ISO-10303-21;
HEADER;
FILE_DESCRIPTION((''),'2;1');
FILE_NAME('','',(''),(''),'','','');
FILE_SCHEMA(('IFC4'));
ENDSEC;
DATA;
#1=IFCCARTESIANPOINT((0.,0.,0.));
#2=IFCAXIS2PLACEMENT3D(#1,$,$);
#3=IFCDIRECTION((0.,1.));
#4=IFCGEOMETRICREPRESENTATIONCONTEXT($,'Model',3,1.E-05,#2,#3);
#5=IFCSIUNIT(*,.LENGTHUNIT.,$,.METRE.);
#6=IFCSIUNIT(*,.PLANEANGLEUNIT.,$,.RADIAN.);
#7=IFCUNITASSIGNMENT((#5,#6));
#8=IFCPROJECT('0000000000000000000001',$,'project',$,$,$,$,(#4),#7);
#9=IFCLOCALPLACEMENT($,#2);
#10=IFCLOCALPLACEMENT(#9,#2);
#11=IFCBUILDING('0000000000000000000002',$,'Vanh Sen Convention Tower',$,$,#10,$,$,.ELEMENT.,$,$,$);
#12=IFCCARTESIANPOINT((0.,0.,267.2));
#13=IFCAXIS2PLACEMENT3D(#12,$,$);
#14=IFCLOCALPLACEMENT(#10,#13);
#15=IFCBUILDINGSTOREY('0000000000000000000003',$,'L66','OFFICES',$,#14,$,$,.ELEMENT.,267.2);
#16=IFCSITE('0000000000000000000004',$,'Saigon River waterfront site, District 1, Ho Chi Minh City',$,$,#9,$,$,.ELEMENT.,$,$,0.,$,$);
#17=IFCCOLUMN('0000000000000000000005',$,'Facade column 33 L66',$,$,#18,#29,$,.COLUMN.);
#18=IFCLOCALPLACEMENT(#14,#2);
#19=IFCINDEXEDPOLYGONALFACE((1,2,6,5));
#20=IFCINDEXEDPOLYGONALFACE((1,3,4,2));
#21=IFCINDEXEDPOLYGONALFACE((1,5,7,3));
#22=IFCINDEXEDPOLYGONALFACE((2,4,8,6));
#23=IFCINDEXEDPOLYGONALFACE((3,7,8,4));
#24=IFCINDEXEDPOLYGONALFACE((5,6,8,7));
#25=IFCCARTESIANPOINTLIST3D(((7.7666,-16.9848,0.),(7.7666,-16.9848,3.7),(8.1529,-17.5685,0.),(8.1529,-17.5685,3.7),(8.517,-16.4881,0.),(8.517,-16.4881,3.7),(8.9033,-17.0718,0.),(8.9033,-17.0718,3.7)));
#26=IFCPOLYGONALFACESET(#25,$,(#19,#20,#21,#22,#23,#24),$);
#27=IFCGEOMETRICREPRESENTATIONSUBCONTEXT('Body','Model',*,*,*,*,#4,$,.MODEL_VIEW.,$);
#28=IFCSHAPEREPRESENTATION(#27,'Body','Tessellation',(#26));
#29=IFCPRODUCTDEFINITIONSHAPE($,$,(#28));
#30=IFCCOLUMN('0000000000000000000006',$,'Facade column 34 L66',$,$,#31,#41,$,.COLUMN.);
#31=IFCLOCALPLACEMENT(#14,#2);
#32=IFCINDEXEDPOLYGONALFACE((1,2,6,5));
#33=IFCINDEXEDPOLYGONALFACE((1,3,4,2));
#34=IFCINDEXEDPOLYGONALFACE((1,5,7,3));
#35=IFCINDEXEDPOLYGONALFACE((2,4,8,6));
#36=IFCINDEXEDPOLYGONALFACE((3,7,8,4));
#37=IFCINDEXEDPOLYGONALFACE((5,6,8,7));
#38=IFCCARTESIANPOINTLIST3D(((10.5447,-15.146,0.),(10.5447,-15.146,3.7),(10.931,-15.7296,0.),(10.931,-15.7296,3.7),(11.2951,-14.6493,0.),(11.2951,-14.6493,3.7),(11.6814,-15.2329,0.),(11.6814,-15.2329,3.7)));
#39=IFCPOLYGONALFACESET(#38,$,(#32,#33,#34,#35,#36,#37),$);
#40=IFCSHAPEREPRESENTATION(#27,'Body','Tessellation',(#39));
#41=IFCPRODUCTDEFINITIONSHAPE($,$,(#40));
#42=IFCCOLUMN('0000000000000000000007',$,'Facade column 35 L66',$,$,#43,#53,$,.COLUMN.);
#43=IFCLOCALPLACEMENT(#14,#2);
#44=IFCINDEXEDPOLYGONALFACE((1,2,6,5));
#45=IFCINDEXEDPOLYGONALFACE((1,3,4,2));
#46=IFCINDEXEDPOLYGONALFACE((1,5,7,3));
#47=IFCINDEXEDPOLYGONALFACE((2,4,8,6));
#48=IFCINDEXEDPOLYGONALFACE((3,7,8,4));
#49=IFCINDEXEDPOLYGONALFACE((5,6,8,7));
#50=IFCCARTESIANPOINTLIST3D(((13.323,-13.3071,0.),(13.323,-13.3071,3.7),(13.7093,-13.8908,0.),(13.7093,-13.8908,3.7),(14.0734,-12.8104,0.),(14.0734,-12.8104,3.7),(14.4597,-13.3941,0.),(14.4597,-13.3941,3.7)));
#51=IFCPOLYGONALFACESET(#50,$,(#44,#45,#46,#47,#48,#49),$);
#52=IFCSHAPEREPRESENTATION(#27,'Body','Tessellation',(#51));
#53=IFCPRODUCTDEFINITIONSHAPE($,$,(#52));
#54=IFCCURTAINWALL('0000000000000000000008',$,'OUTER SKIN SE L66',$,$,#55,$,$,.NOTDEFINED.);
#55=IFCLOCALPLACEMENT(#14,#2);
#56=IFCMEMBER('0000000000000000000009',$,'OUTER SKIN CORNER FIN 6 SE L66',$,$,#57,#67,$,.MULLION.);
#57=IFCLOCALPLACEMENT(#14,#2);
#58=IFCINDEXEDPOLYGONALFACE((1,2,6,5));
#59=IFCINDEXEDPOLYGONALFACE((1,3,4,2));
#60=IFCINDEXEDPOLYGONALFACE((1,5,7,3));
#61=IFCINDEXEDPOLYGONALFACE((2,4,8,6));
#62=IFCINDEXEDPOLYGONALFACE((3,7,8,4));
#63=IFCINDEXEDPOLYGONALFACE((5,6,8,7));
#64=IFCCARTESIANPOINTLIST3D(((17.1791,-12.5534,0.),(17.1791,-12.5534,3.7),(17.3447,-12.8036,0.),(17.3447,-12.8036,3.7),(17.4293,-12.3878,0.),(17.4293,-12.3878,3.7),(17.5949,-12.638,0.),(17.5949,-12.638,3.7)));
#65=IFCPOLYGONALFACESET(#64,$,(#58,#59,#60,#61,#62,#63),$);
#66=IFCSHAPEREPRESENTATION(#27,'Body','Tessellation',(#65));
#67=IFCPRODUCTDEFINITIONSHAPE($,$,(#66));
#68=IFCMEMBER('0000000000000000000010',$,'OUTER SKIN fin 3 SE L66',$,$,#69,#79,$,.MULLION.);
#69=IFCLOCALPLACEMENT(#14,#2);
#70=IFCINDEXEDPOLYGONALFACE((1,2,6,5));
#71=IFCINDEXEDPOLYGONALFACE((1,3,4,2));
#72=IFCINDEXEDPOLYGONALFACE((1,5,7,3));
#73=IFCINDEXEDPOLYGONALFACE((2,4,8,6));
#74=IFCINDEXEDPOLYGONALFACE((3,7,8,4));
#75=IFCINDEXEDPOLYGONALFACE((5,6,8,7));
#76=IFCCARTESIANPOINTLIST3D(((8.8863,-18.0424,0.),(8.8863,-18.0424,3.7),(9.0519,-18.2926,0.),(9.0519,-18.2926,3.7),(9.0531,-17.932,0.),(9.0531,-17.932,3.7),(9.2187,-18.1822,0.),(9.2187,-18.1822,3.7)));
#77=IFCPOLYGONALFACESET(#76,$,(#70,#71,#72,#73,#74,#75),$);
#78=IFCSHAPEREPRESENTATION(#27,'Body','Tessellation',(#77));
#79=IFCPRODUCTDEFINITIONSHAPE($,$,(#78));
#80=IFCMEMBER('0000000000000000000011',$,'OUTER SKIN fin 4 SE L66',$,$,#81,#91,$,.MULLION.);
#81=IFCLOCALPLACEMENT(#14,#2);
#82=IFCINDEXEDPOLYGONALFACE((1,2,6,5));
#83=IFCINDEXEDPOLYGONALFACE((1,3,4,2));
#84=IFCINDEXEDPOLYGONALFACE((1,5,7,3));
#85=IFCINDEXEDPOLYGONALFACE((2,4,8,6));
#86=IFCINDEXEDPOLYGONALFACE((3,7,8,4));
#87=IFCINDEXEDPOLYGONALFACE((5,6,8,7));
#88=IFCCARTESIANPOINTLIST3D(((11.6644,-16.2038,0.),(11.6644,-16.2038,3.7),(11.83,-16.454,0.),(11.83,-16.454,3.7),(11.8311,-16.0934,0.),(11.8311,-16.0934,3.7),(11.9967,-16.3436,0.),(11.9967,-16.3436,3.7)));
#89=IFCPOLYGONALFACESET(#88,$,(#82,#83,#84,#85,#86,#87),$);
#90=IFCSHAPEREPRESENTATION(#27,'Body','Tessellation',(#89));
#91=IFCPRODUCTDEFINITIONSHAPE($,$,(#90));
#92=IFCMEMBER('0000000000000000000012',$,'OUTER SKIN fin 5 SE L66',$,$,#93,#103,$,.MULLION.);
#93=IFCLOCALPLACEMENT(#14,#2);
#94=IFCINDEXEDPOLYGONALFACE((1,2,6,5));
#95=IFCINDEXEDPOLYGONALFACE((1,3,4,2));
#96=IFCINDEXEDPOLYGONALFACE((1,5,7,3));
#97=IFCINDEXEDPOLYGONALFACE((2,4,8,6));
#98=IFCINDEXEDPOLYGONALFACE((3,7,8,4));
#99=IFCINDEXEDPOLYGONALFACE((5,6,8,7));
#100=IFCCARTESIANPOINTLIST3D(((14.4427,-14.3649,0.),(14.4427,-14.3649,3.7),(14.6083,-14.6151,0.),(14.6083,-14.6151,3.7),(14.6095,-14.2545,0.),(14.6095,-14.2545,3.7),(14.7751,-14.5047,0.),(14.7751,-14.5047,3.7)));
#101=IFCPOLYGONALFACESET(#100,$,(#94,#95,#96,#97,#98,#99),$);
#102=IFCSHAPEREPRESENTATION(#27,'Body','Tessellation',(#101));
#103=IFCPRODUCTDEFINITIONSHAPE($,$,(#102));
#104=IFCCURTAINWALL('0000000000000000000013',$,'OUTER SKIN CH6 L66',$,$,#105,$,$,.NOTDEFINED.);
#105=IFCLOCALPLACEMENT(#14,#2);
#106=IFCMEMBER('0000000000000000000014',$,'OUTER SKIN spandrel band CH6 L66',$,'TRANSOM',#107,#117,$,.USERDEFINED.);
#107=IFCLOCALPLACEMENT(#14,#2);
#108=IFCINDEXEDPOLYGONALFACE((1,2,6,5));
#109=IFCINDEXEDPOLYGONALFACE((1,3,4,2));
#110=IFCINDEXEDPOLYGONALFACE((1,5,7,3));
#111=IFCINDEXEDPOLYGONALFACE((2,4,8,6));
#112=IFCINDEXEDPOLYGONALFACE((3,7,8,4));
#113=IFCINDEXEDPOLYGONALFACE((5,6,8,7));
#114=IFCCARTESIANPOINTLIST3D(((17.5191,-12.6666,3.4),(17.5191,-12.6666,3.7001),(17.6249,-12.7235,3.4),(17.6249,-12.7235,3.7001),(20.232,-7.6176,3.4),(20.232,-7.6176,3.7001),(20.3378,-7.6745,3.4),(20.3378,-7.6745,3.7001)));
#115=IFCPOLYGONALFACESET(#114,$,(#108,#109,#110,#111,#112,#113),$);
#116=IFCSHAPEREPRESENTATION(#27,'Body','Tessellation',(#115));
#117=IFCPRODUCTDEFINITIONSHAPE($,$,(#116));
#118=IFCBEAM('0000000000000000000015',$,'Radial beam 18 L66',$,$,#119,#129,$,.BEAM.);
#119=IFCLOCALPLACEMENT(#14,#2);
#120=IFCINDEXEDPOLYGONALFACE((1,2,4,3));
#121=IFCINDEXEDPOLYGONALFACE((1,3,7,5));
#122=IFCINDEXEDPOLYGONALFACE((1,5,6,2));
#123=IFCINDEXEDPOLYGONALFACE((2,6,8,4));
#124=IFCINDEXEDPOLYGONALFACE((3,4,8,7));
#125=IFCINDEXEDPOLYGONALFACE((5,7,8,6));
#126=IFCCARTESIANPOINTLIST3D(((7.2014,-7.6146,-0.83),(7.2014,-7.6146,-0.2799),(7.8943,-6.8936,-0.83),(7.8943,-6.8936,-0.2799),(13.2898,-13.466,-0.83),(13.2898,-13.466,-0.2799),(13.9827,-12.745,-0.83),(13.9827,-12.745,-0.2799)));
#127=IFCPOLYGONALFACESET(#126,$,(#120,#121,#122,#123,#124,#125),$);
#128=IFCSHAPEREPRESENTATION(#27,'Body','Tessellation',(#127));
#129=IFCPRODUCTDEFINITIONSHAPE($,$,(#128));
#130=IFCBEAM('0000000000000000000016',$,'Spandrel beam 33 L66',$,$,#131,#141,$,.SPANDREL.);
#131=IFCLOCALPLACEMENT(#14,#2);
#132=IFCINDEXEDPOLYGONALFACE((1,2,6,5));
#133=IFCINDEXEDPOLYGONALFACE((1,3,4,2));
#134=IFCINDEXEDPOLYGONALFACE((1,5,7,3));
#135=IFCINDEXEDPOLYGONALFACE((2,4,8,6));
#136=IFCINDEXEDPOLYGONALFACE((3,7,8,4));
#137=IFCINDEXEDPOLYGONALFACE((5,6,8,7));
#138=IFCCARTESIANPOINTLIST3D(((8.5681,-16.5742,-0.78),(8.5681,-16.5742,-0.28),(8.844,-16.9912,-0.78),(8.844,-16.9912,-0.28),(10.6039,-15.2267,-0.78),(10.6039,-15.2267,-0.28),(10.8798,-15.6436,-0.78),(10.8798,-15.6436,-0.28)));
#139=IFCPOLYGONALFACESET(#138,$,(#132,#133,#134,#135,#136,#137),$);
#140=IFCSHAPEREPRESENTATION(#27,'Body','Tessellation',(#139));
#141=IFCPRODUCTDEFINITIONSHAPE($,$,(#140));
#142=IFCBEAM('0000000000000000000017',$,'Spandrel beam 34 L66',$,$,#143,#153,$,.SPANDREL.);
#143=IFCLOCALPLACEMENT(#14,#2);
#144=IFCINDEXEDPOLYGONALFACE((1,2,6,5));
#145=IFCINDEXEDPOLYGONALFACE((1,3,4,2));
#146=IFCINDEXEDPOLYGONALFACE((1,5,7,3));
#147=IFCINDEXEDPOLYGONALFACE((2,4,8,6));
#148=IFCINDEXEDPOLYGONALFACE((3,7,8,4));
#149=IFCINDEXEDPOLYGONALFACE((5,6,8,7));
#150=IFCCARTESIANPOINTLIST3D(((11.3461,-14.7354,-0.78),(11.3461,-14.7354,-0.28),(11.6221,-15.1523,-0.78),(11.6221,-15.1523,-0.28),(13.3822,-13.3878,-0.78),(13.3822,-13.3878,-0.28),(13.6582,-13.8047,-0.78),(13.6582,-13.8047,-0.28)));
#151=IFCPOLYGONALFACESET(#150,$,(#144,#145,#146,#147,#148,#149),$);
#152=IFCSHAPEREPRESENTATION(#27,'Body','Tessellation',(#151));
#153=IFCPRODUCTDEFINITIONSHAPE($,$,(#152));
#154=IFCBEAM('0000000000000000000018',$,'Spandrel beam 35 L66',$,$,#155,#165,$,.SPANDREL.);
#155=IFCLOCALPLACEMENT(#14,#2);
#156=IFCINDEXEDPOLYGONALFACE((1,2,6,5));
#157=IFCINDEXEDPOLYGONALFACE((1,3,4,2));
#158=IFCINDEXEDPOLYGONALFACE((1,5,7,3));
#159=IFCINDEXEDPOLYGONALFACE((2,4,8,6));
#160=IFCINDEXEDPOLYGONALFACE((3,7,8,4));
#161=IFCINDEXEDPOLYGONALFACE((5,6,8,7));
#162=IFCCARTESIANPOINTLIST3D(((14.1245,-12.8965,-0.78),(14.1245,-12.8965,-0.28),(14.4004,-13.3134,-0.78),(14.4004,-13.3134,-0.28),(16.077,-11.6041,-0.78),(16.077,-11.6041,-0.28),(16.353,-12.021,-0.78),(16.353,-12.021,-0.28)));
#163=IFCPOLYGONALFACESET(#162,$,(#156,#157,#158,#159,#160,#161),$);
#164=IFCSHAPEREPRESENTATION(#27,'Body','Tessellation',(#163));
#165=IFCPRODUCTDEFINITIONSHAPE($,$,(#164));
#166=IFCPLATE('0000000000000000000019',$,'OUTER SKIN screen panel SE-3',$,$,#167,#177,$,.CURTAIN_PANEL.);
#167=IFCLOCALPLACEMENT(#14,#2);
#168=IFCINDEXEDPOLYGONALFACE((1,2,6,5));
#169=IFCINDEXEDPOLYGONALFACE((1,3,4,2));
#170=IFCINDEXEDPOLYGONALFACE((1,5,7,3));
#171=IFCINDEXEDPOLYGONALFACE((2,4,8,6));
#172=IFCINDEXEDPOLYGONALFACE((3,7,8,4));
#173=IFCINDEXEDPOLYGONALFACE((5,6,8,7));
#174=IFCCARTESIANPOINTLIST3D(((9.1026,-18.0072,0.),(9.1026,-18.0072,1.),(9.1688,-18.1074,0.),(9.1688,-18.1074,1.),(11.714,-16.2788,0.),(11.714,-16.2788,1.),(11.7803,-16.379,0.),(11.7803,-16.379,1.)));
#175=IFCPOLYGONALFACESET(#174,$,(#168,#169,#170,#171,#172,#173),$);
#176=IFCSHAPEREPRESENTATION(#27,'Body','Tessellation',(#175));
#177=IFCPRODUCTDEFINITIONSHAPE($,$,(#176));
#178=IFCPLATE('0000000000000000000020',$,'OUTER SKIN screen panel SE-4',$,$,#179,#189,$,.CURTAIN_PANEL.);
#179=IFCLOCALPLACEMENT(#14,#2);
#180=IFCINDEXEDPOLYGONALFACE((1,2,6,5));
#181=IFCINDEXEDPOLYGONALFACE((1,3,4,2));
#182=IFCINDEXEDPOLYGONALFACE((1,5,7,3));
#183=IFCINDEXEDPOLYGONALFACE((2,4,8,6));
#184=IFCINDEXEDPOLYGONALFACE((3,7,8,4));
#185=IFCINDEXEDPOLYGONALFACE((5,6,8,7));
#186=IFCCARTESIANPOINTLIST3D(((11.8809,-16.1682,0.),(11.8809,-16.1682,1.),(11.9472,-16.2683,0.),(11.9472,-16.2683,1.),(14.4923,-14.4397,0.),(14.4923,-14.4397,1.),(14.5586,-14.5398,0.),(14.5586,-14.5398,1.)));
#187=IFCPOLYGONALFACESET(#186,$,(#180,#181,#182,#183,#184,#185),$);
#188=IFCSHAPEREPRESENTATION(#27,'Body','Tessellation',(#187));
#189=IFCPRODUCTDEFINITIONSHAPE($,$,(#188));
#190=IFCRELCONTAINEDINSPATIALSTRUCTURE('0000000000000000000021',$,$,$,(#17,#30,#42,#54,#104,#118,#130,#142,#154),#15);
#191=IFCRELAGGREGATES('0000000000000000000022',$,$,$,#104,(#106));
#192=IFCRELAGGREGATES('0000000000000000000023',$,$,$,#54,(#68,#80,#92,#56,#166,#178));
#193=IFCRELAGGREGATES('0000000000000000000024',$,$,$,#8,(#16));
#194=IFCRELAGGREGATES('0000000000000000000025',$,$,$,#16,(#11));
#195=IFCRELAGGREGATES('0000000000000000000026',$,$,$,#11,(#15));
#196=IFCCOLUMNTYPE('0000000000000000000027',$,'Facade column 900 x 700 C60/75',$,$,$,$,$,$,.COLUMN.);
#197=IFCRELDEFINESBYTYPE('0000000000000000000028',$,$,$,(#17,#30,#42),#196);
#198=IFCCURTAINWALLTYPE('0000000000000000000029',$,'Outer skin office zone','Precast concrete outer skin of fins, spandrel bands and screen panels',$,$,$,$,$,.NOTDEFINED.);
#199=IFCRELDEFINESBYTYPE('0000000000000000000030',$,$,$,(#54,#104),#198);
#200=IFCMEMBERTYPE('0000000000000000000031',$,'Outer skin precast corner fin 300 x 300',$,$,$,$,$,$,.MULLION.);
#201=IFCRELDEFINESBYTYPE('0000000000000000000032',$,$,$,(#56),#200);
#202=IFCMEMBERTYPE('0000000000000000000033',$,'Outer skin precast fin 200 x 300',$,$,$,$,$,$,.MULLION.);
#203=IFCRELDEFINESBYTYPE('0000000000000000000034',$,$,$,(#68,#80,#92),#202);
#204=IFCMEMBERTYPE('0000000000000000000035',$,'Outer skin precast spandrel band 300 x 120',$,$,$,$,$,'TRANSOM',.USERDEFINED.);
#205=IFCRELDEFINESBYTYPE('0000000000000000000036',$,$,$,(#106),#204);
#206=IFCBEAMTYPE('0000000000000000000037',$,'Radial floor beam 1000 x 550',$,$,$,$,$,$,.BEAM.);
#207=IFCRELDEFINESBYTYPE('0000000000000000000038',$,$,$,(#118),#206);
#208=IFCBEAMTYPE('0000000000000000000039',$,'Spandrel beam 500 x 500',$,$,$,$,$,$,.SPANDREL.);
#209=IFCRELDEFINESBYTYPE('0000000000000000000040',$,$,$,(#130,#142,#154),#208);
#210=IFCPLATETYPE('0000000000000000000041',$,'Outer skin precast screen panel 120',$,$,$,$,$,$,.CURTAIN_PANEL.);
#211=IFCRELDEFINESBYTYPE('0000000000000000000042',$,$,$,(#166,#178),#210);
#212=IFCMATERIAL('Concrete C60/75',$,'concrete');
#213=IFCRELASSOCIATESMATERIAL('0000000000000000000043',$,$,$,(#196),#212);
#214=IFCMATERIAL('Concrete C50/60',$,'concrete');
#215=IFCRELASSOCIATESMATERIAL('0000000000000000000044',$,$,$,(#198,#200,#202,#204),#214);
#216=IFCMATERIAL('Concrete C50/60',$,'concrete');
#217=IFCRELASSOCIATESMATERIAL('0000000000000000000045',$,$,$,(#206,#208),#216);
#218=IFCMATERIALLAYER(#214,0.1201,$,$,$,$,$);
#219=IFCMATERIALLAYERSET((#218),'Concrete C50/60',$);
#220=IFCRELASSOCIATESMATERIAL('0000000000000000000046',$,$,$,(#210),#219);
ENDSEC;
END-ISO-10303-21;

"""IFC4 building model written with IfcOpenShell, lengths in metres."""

from ifc_helpers import new_model, si_unit, direction, frame, origin, origin_2d, place, context, subcontext, project, spatial, rectangle, extrude, material, layer, layer_set, material_profile, profile_set, type_object, element, aggregate, save


model = new_model("IFC4")

# Units and contexts
model_context = context("Model", 3, precision=1e-05, world=origin(), true_north=direction((0.0, 1.0)))
body_context = subcontext(model_context, "Body", "Model", "MODEL_VIEW")
ifc_project = project(units=[si_unit("LENGTHUNIT", "METRE"), si_unit("PLANEANGLEUNIT", "RADIAN")], contexts=[model_context])

# Site, building, storey
site_placement = place(None, origin())
site = spatial("IfcSite", under=ifc_project, at=site_placement, Name="Saigon River waterfront site, District 1, Ho Chi Minh City", CompositionType="ELEMENT", RefElevation=0.0)
building_placement = place(site_placement, origin())
building = spatial("IfcBuilding", under=site, at=building_placement, Name="Vanh Sen Convention Tower", CompositionType="ELEMENT")
storey_placement = place(building_placement, frame((0.0, 0.0, 267.2)))
storey = spatial("IfcBuildingStorey", under=building, at=storey_placement, Name="L66", Description="OFFICES", CompositionType="ELEMENT", Elevation=267.2)

# Columns
ifc_material_1 = material(Name="Concrete C60/75", Category="concrete")
ifc_material_profile_1 = material_profile(ifc_material_1, rectangle(XDim=0.8999, YDim=0.7, at=origin_2d()), Name="RC 900X700")
ifc_profile_set_1 = profile_set([ifc_material_profile_1], Name="Concrete C60/75")
column_type = type_object("IfcColumnType", Name="Facade column 900 x 700 C60/75", PredefinedType="COLUMN", material=ifc_profile_set_1)
for number, where, z_axis, x_axis, name in (
    (1, (8.335, -17.0283, 0.0), (0.0, 0.0, 1.0), (0.833886, 0.551937, 0.0), "Facade column 33 L66"),
    (2, (11.113, -15.1895, 0.0), (0.0, 0.0, 1.0), (0.833886, 0.551937, 0.0), "Facade column 34 L66"),
    (3, (13.8914, -13.3506, 0.0), (0.0, 0.0, 1.0), (0.833886, 0.551937, 0.0), "Facade column 35 L66"),
):
    element("IfcColumn", number, at=place(storey_placement, frame(where, z_axis=z_axis, x_axis=x_axis)), inside=storey, type_object=column_type, Name=name, PredefinedType="COLUMN", context=body_context, shape_type="SweptSolid", body=[
        extrude(rectangle(XDim=0.8999, YDim=0.7, at=origin_2d()), origin(), (0.0, 0.0, 1.0), 3.7),
    ])

# Curtain wall, members
ifc_material_2 = material(Name="Concrete C50/60", Category="concrete")
curtain_wall_type = type_object("IfcCurtainWallType", Name="Outer skin office zone", Description="Precast concrete outer skin of fins, spandrel bands and screen panels", PredefinedType="NOTDEFINED", material=ifc_material_2)
curtain_wall_1_placement = place(storey_placement, origin())
curtain_wall_1 = element("IfcCurtainWall", 4, at=curtain_wall_1_placement, inside=storey, type_object=curtain_wall_type, Name="OUTER SKIN SE L66", PredefinedType="NOTDEFINED")
ifc_material_profile_2 = material_profile(ifc_material_2, rectangle(XDim=0.3, YDim=0.3, at=origin_2d()), Name="Outer skin precast corner fin 300 x 300")
ifc_profile_set_2 = profile_set([ifc_material_profile_2], Name="Concrete C50/60")
member_type_1 = type_object("IfcMemberType", Name="Outer skin precast corner fin 300 x 300", PredefinedType="MULLION", material=ifc_profile_set_2)
member_1_placement = place(storey_placement, frame((17.387, -12.5957, 0.0), z_axis=(0.0, 0.0, 1.0), x_axis=(0.833886, 0.551937, 0.0)))
member_1 = element("IfcMember", 5, at=member_1_placement, type_object=member_type_1, Name="OUTER SKIN CORNER FIN 6 SE L66", PredefinedType="MULLION", context=body_context, shape_type="SweptSolid", body=[
    extrude(rectangle(XDim=0.3, YDim=0.3, at=origin_2d()), origin(), (0.0, 0.0, 1.0), 3.7),
])
ifc_material_profile_3 = material_profile(ifc_material_2, rectangle(XDim=0.2, YDim=0.3, at=origin_2d()), Name="Outer skin precast fin 200 x 300")
ifc_profile_set_3 = profile_set([ifc_material_profile_3], Name="Concrete C50/60")
member_type_2 = type_object("IfcMemberType", Name="Outer skin precast fin 200 x 300", PredefinedType="MULLION", material=ifc_profile_set_3)
member_2_placement = place(storey_placement, frame((9.0525, -18.1123, 0.0), z_axis=(0.0, 0.0, 1.0), x_axis=(0.833886, 0.551937, 0.0)))
member_2 = element("IfcMember", 6, at=member_2_placement, type_object=member_type_2, Name="OUTER SKIN fin 3 SE L66", PredefinedType="MULLION", context=body_context, shape_type="SweptSolid", body=[
    extrude(rectangle(XDim=0.2, YDim=0.3, at=origin_2d()), origin(), (0.0, 0.0, 1.0), 3.7),
])
member_3_placement = place(storey_placement, frame((11.8306, -16.2737, 0.0), z_axis=(0.0, 0.0, 1.0), x_axis=(0.833886, 0.551937, 0.0)))
member_3 = element("IfcMember", 7, at=member_3_placement, type_object=member_type_2, Name="OUTER SKIN fin 4 SE L66", PredefinedType="MULLION", context=body_context, shape_type="SweptSolid", body=[
    extrude(rectangle(XDim=0.2, YDim=0.3, at=origin_2d()), origin(), (0.0, 0.0, 1.0), 3.7),
])
member_4_placement = place(storey_placement, frame((14.6089, -14.4348, 0.0), z_axis=(0.0, 0.0, 1.0), x_axis=(0.833886, 0.551937, 0.0)))
member_4 = element("IfcMember", 8, at=member_4_placement, type_object=member_type_2, Name="OUTER SKIN fin 5 SE L66", PredefinedType="MULLION", context=body_context, shape_type="SweptSolid", body=[
    extrude(rectangle(XDim=0.2, YDim=0.3, at=origin_2d()), origin(), (0.0, 0.0, 1.0), 3.7),
])

# Curtain wall, member
curtain_wall_2_placement = place(storey_placement, origin())
curtain_wall_2 = element("IfcCurtainWall", 9, at=curtain_wall_2_placement, inside=storey, type_object=curtain_wall_type, Name="OUTER SKIN CH6 L66", PredefinedType="NOTDEFINED")
ifc_material_profile_4 = material_profile(ifc_material_2, rectangle(XDim=0.1201, YDim=0.3, at=origin_2d()), Name="Outer skin precast spandrel band 300 x 120")
ifc_profile_set_4 = profile_set([ifc_material_profile_4], Name="Concrete C50/60")
member_type_3 = type_object("IfcMemberType", Name="Outer skin precast spandrel band 300 x 120", ElementType="TRANSOM", PredefinedType="USERDEFINED", material=ifc_profile_set_4)
member_5_placement = place(storey_placement, frame((17.572, -12.6951, 3.55), z_axis=(0.47331, 0.880896, 0.0), x_axis=(-0.880896, 0.47331, 0.0)))
member_5 = element("IfcMember", 10, at=member_5_placement, type_object=member_type_3, Name="OUTER SKIN spandrel band CH6 L66", ObjectType="TRANSOM", PredefinedType="USERDEFINED", context=body_context, shape_type="SweptSolid", body=[
    extrude(rectangle(XDim=0.1201, YDim=0.3, at=origin_2d()), origin(), (0.0, 0.0, 1.0), 5.7317),
])
aggregate(curtain_wall_2, [member_5])

# Beams
ifc_material_3 = material(Name="Concrete C50/60", Category="concrete")
ifc_material_profile_5 = material_profile(ifc_material_3, rectangle(XDim=1.0, YDim=0.55, at=origin_2d()), Name="RC 1000X550")
ifc_profile_set_5 = profile_set([ifc_material_profile_5], Name="Concrete C50/60")
beam_type_1 = type_object("IfcBeamType", Name="Radial floor beam 1000 x 550", PredefinedType="BEAM", material=ifc_profile_set_5)
beam_1_placement = place(storey_placement, frame((13.6362, -13.1055, -0.5549), z_axis=(-0.721004, 0.692931, 0.0), x_axis=(-0.692931, -0.721004, 0.0)))
element("IfcBeam", 11, at=beam_1_placement, inside=storey, type_object=beam_type_1, Name="Radial beam 18 L66", PredefinedType="BEAM", context=body_context, shape_type="SweptSolid", body=[
    extrude(rectangle(XDim=1.0, YDim=0.55, at=origin_2d()), origin(), (0.0, 0.0, 1.0), 8.4443),
])
ifc_material_profile_6 = material_profile(ifc_material_3, rectangle(XDim=0.5, YDim=0.5, at=origin_2d()), Name="RC 500X500")
ifc_profile_set_6 = profile_set([ifc_material_profile_6], Name="Concrete C50/60")
beam_type_2 = type_object("IfcBeamType", Name="Spandrel beam 500 x 500", PredefinedType="SPANDREL", material=ifc_profile_set_6)
beam_2_placement = place(storey_placement, frame((8.7061, -16.7827, -0.53), z_axis=(0.833861, 0.551974, 0.0), x_axis=(-0.551974, 0.833861, 0.0)))
element("IfcBeam", 12, at=beam_2_placement, inside=storey, type_object=beam_type_2, Name="Spandrel beam 33 L66", PredefinedType="SPANDREL", context=body_context, shape_type="SweptSolid", body=[
    extrude(rectangle(XDim=0.5, YDim=0.5, at=origin_2d()), origin(), (0.0, 0.0, 1.0), 2.4414),
])
beam_3_placement = place(storey_placement, frame((11.4841, -14.9438, -0.53), z_axis=(0.833892, 0.551928, 0.0), x_axis=(-0.551928, 0.833892, 0.0)))
element("IfcBeam", 13, at=beam_3_placement, inside=storey, type_object=beam_type_2, Name="Spandrel beam 34 L66", PredefinedType="SPANDREL", context=body_context, shape_type="SweptSolid", body=[
    extrude(rectangle(XDim=0.5, YDim=0.5, at=origin_2d()), origin(), (0.0, 0.0, 1.0), 2.4417),
])
beam_4_placement = place(storey_placement, frame((14.2625, -13.105, -0.53), z_axis=(0.833874, 0.551954, 0.0), x_axis=(-0.551954, 0.833874, 0.0)))
element("IfcBeam", 14, at=beam_4_placement, inside=storey, type_object=beam_type_2, Name="Spandrel beam 35 L66", PredefinedType="SPANDREL", context=body_context, shape_type="SweptSolid", body=[
    extrude(rectangle(XDim=0.5, YDim=0.5, at=origin_2d()), origin(), (0.0, 0.0, 1.0), 2.3416),
])

# Plates
ifc_layer_1 = layer(ifc_material_2, 0.1201)
ifc_layer_set_1 = layer_set([ifc_layer_1], Name="Concrete C50/60")
plate_type = type_object("IfcPlateType", Name="Outer skin precast screen panel 120", PredefinedType="CURTAIN_PANEL", material=ifc_layer_set_1)
plate_1_placement = place(storey_placement, frame((10.4414, -17.1931, 0.0), z_axis=(0.0, 0.0, 1.0), x_axis=(0.833893, 0.551927, 0.0)))
plate_1 = element("IfcPlate", 15, at=plate_1_placement, type_object=plate_type, Name="OUTER SKIN screen panel SE-3", PredefinedType="CURTAIN_PANEL", context=body_context, shape_type="SweptSolid", body=[
    extrude(rectangle(XDim=3.1316, YDim=0.1201, at=origin_2d()), origin(), (0.0, 0.0, 1.0), 1.0),
])
plate_2_placement = place(storey_placement, frame((13.2197, -15.354, 0.0), z_axis=(0.0, 0.0, 1.0), x_axis=(0.833879, 0.551947, 0.0)))
plate_2 = element("IfcPlate", 16, at=plate_2_placement, type_object=plate_type, Name="OUTER SKIN screen panel SE-4", PredefinedType="CURTAIN_PANEL", context=body_context, shape_type="SweptSolid", body=[
    extrude(rectangle(XDim=3.1316, YDim=0.1201, at=origin_2d()), origin(), (0.0, 0.0, 1.0), 1.0),
])
aggregate(curtain_wall_1, [member_2, member_3, member_4, member_1, plate_1, plate_2])

save(model, "model.ifc")
